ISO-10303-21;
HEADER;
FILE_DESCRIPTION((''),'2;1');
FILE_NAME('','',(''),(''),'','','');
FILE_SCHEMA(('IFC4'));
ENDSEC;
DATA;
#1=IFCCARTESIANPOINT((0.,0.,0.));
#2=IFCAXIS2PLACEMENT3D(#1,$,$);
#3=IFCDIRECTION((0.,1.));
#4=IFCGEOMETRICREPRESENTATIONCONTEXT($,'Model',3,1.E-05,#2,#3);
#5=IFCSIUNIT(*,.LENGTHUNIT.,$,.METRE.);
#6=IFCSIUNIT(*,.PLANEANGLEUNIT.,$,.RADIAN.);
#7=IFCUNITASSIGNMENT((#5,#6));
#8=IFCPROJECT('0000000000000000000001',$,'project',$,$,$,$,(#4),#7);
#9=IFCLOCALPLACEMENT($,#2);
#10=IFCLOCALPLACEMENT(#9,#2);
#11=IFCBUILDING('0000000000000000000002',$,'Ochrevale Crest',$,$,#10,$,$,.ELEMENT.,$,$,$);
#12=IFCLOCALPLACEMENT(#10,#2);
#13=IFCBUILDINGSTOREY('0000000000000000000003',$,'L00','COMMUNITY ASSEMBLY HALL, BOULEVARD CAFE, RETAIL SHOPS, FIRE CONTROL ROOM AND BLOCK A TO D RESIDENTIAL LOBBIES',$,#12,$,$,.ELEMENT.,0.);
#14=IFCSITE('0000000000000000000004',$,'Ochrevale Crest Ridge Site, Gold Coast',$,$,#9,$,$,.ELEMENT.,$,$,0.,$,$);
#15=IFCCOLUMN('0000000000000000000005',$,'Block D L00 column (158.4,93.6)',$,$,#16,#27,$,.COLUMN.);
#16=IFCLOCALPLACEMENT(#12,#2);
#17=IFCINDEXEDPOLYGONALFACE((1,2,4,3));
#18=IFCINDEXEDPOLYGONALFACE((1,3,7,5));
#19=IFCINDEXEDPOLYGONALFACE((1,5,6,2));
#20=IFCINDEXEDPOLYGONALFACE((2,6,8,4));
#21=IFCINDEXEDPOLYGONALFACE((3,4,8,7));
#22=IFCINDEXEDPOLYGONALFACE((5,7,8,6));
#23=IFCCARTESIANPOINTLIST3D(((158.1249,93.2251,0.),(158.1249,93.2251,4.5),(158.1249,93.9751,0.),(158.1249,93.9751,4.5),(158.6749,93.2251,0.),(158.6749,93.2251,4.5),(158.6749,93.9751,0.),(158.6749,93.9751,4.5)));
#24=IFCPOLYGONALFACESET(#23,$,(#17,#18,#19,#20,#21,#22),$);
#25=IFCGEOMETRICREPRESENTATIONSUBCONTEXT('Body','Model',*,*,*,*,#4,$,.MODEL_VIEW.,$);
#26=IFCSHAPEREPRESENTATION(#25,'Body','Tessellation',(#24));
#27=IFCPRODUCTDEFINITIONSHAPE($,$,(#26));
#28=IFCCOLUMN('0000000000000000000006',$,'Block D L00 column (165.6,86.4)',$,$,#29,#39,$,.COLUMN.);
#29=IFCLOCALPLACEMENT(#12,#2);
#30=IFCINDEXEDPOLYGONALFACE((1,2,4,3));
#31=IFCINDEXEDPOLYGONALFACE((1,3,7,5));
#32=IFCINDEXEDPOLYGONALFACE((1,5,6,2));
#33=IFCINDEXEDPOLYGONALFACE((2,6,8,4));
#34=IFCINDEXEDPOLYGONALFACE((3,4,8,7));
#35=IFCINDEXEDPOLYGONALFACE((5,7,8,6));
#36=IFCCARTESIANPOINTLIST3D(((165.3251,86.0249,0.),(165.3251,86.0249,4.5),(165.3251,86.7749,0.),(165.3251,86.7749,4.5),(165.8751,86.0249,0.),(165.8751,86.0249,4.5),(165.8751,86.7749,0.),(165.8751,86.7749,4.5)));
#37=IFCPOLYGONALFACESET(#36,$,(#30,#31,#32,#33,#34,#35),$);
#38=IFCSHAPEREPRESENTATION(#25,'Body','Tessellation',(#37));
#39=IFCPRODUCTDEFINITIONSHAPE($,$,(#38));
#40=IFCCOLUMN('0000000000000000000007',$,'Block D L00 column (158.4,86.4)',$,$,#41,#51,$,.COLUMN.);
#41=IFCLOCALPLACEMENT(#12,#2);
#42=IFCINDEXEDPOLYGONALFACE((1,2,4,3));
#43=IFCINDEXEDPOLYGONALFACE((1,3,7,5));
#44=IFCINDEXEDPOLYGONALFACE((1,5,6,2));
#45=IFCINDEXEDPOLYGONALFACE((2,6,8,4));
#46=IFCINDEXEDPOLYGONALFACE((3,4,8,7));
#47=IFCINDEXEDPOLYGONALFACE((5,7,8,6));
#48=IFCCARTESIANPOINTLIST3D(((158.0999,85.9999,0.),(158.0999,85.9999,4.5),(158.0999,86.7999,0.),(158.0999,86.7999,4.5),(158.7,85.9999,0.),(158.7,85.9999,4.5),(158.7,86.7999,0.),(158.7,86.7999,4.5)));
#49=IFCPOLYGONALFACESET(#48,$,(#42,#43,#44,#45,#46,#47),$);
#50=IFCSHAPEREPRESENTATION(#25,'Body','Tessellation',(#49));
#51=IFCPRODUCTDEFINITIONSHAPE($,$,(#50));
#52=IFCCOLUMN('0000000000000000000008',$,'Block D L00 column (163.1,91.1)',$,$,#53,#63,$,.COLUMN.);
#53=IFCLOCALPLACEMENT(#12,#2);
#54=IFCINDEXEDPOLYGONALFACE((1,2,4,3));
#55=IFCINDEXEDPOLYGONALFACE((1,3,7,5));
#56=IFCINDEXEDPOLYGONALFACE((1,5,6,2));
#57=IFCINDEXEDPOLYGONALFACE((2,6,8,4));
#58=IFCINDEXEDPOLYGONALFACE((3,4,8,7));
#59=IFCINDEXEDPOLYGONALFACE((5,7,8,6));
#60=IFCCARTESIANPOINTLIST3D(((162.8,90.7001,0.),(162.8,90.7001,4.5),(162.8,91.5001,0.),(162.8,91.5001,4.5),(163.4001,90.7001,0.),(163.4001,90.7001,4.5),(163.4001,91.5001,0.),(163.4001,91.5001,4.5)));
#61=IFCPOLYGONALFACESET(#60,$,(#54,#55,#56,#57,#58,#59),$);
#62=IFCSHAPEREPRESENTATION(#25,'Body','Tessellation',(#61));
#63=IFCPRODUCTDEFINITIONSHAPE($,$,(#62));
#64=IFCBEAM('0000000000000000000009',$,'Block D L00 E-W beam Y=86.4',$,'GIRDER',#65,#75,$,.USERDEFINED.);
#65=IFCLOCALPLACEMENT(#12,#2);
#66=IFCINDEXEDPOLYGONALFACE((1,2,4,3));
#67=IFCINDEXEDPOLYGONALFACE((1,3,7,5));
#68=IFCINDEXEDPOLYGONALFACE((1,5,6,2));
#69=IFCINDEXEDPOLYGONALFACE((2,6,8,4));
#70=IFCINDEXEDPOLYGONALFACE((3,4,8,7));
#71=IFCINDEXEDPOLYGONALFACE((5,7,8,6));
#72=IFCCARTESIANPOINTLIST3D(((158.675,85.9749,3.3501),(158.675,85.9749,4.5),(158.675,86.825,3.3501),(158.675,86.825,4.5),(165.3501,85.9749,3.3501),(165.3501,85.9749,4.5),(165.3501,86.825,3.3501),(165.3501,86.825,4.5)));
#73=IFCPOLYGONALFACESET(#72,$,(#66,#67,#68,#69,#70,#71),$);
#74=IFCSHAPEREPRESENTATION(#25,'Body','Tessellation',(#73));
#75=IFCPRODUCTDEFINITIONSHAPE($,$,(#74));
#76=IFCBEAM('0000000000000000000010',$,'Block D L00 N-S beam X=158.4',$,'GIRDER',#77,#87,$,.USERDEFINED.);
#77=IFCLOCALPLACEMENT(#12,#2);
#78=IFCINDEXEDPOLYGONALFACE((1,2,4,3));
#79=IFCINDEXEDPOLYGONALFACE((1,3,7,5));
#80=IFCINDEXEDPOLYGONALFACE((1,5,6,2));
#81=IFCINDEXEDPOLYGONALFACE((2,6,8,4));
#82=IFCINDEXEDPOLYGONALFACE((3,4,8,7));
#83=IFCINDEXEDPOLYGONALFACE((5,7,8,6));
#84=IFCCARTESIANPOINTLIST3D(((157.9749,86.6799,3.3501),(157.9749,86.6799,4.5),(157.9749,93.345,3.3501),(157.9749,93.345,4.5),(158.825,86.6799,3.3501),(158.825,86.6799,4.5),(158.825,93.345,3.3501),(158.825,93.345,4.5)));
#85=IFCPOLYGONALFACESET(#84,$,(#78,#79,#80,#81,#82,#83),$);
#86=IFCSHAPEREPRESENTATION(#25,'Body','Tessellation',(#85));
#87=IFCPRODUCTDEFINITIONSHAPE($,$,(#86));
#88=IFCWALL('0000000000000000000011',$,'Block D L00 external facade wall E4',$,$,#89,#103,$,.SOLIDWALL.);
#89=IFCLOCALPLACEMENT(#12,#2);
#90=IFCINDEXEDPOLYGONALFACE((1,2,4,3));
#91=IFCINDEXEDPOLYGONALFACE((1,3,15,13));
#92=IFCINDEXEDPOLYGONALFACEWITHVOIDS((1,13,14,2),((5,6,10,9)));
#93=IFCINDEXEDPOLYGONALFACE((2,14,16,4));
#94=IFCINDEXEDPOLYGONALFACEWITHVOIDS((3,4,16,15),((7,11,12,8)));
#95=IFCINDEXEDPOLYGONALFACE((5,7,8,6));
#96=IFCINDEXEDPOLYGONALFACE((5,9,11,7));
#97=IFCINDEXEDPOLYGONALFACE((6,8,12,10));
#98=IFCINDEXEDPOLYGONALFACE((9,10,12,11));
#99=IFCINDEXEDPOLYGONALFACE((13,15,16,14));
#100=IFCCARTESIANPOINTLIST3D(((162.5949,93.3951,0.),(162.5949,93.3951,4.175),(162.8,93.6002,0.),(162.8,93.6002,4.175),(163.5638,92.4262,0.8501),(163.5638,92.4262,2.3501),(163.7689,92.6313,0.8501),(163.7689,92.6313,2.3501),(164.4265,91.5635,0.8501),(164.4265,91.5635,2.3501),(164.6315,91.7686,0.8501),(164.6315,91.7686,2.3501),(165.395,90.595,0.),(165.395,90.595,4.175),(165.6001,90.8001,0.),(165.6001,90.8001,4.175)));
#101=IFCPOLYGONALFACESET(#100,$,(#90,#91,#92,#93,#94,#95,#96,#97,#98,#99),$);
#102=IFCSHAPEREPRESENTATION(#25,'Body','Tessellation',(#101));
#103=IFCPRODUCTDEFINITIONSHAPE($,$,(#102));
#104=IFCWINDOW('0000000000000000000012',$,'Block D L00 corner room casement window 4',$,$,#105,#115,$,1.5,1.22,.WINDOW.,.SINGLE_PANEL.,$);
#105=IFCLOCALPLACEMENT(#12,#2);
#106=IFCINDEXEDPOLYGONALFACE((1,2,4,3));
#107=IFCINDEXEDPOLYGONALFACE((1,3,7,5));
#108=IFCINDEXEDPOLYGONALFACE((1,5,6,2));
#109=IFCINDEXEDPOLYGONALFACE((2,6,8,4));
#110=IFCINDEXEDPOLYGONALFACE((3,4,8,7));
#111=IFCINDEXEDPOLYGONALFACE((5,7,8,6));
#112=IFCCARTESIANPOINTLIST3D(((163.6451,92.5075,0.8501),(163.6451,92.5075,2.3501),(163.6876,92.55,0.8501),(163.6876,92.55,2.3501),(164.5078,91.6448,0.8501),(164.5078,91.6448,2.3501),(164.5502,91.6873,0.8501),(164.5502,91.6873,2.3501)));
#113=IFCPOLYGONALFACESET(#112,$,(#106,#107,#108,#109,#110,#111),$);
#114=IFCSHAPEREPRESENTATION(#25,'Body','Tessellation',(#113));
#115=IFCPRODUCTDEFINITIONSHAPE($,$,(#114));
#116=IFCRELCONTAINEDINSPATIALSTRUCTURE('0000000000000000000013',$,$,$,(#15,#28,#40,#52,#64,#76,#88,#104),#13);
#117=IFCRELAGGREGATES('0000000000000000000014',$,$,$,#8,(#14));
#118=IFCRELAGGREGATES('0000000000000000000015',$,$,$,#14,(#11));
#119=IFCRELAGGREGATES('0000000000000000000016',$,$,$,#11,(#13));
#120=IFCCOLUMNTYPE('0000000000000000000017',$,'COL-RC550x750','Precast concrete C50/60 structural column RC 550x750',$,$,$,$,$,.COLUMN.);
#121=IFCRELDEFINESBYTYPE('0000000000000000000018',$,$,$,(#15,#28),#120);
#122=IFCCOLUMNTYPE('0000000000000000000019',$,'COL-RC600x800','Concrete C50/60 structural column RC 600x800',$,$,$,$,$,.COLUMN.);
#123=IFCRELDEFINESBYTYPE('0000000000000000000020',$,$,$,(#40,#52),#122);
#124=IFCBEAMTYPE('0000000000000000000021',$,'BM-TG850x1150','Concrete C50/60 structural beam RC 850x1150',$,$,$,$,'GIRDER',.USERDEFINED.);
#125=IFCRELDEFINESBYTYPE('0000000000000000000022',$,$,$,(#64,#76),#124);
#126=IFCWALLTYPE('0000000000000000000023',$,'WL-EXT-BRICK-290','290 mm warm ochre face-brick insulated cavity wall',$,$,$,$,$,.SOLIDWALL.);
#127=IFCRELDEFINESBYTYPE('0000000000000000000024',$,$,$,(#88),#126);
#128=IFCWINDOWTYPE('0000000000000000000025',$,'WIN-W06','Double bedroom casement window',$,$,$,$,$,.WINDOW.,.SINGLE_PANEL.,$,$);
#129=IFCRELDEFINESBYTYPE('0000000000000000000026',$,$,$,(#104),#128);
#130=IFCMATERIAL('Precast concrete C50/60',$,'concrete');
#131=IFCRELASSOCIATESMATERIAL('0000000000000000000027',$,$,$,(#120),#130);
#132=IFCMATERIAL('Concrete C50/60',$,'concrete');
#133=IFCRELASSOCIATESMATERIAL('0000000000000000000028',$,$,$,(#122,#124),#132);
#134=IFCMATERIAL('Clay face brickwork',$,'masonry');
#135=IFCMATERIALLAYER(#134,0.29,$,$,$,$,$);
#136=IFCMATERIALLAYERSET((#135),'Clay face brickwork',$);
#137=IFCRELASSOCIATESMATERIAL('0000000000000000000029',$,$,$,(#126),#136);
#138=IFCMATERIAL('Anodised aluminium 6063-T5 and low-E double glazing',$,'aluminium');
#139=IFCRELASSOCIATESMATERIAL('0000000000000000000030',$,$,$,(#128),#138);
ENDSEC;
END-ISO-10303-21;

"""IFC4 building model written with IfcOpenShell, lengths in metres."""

from ifc_helpers import new_model, si_unit, direction, frame, frame_2d, origin, origin_2d, place, context, subcontext, project, spatial, rectangle, extrude, material, layer, layer_set, material_profile, profile_set, type_object, element, fill, save


model = new_model("IFC4")

# Units and contexts
model_context = context("Model", 3, precision=1e-05, world=origin(), true_north=direction((0.0, 1.0)))
body_context = subcontext(model_context, "Body", "Model", "MODEL_VIEW")
ifc_project = project(units=[si_unit("LENGTHUNIT", "METRE"), si_unit("PLANEANGLEUNIT", "RADIAN")], contexts=[model_context])

# Site, building, storey
site_placement = place(None, origin())
site = spatial("IfcSite", under=ifc_project, at=site_placement, Name="Ochrevale Crest Ridge Site, Gold Coast", CompositionType="ELEMENT", RefElevation=0.0)
building_placement = place(site_placement, origin())
building = spatial("IfcBuilding", under=site, at=building_placement, Name="Ochrevale Crest", CompositionType="ELEMENT")
storey_placement = place(building_placement, origin())
storey = spatial("IfcBuildingStorey", under=building, at=storey_placement, Name="L00", Description="COMMUNITY ASSEMBLY HALL, BOULEVARD CAFE, RETAIL SHOPS, FIRE CONTROL ROOM AND BLOCK A TO D RESIDENTIAL LOBBIES", CompositionType="ELEMENT", Elevation=0.0)

# Columns
ifc_material_1 = material(Name="Precast concrete C50/60", Category="concrete")
ifc_material_profile_1 = material_profile(ifc_material_1, rectangle(XDim=0.55, YDim=0.75, at=origin_2d()), Name="RC 550x750")
ifc_profile_set_1 = profile_set([ifc_material_profile_1], Name="Precast concrete C50/60")
column_type_1 = type_object("IfcColumnType", Name="COL-RC550x750", Description="Precast concrete C50/60 structural column RC 550x750", PredefinedType="COLUMN", material=ifc_profile_set_1)
for number, where, z_axis, x_axis, name in (
    (1, (158.3999, 93.6001, 0.0), (0.0, 0.0, 1.0), (1.0, 0.0, 0.0), "Block D L00 column (158.4,93.6)"),
    (2, (165.6001, 86.3999, 0.0), (0.0, 0.0, 1.0), (1.0, 0.0, 0.0), "Block D L00 column (165.6,86.4)"),
):
    element("IfcColumn", number, at=place(storey_placement, frame(where, z_axis=z_axis, x_axis=x_axis)), inside=storey, type_object=column_type_1, Name=name, PredefinedType="COLUMN", context=body_context, shape_type="SweptSolid", body=[
        extrude(rectangle(XDim=0.55, YDim=0.75, at=origin_2d()), origin(), (0.0, 0.0, 1.0), 4.5),
    ])
ifc_material_2 = material(Name="Concrete C50/60", Category="concrete")
ifc_material_profile_2 = material_profile(ifc_material_2, rectangle(XDim=0.6001, YDim=0.8, at=origin_2d()), Name="RC 600x800")
ifc_profile_set_2 = profile_set([ifc_material_profile_2], Name="Concrete C50/60")
column_type_2 = type_object("IfcColumnType", Name="COL-RC600x800", Description="Concrete C50/60 structural column RC 600x800", PredefinedType="COLUMN", material=ifc_profile_set_2)
for number, where, z_axis, x_axis, name in (
    (3, (158.3999, 86.3999, 0.0), (0.0, 0.0, 1.0), (1.0, 0.0, 0.0), "Block D L00 column (158.4,86.4)"),
    (4, (163.1001, 91.1001, 0.0), (0.0, 0.0, 1.0), (1.0, 0.0, 0.0), "Block D L00 column (163.1,91.1)"),
):
    element("IfcColumn", number, at=place(storey_placement, frame(where, z_axis=z_axis, x_axis=x_axis)), inside=storey, type_object=column_type_2, Name=name, PredefinedType="COLUMN", context=body_context, shape_type="SweptSolid", body=[
        extrude(rectangle(XDim=0.6001, YDim=0.8, at=origin_2d()), origin(), (0.0, 0.0, 1.0), 4.5),
    ])

# Beams
ifc_material_profile_3 = material_profile(ifc_material_2, rectangle(XDim=0.8501, YDim=1.1499, at=origin_2d()), Name="RC 850x1150")
ifc_profile_set_3 = profile_set([ifc_material_profile_3], Name="Concrete C50/60")
beam_type = type_object("IfcBeamType", Name="BM-TG850x1150", Description="Concrete C50/60 structural beam RC 850x1150", ElementType="GIRDER", PredefinedType="USERDEFINED", material=ifc_profile_set_3)
beam_1_placement = place(storey_placement, frame((158.675, 86.3999, 3.925), z_axis=(1.0, 0.0, 0.0), x_axis=(0.0, 1.0, 0.0)))
element("IfcBeam", 5, at=beam_1_placement, inside=storey, type_object=beam_type, Name="Block D L00 E-W beam Y=86.4", ObjectType="GIRDER", PredefinedType="USERDEFINED", context=body_context, shape_type="SweptSolid", body=[
    extrude(rectangle(XDim=0.8501, YDim=1.1499, at=origin_2d()), origin(), (0.0, 0.0, 1.0), 6.675),
])
beam_2_placement = place(storey_placement, frame((158.3999, 86.6799, 3.925), z_axis=(0.0, 1.0, 0.0), x_axis=(-1.0, 0.0, 0.0)))
element("IfcBeam", 6, at=beam_2_placement, inside=storey, type_object=beam_type, Name="Block D L00 N-S beam X=158.4", ObjectType="GIRDER", PredefinedType="USERDEFINED", context=body_context, shape_type="SweptSolid", body=[
    extrude(rectangle(XDim=0.8501, YDim=1.1499, at=origin_2d()), origin(), (0.0, 0.0, 1.0), 6.665),
])

# Wall, opening, window
ifc_material_3 = material(Name="Clay face brickwork", Category="masonry")
ifc_layer_1 = layer(ifc_material_3, 0.29)
ifc_layer_set_1 = layer_set([ifc_layer_1], Name="Clay face brickwork")
wall_type_1 = type_object("IfcWallType", Name="WL-EXT-BRICK-290", Description="290 mm warm ochre face-brick insulated cavity wall", PredefinedType="SOLIDWALL", material=ifc_layer_set_1)
wall_1_placement = place(storey_placement, frame((165.4976, 90.6975, 0.0), z_axis=(0.0, 0.0, 1.0), x_axis=(-0.707107, 0.707107, 0.0)))
wall_1 = element("IfcWall", 7, at=wall_1_placement, inside=storey, type_object=wall_type_1, Name="Block D L00 external facade wall E4", PredefinedType="SOLIDWALL", context=body_context, shape_type="SweptSolid", body=[
    extrude(rectangle(XDim=3.96, YDim=0.29, at=frame_2d((1.98, 0.0))), origin(), (0.0, 0.0, 1.0), 4.175),
])
opening_1_placement = place(wall_1_placement, frame((1.3699, 0.0, 0.8501)))
opening_1 = element("IfcOpeningElement", 8, at=opening_1_placement, cuts=wall_1, PredefinedType="OPENING", context=body_context, shape_type="SweptSolid", body=[
    extrude(rectangle(XDim=1.22, YDim=1.5, at=frame_2d((0.6099, 0.75))), frame((0.0, 0.155, 0.0), z_axis=(0.0, -1.0, 0.0), x_axis=(1.0, 0.0, 0.0)), (0.0, 0.0, 1.0), 0.3101),
])
ifc_material_4 = material(Name="Anodised aluminium 6063-T5 and low-E double glazing", Category="aluminium")
window_type_1 = type_object("IfcWindowType", Name="WIN-W06", Description="Double bedroom casement window", PartitioningType="SINGLE_PANEL", PredefinedType="WINDOW", material=ifc_material_4)
window_1_placement = place(opening_1_placement, origin())
window_1 = element("IfcWindow", 9, at=window_1_placement, inside=storey, type_object=window_type_1, Name="Block D L00 corner room casement window 4", OverallHeight=1.5, OverallWidth=1.22, PartitioningType="SINGLE_PANEL", PredefinedType="WINDOW", context=body_context, shape_type="SweptSolid", body=[
    extrude(rectangle(XDim=1.22, YDim=1.5, at=frame_2d((0.6099, 0.75))), frame((0.0, 0.03, 0.0), z_axis=(0.0, -1.0, 0.0), x_axis=(1.0, 0.0, 0.0)), (0.0, 0.0, 1.0), 0.0601),
])
fill(opening_1, window_1)

save(model, "model.ifc")
